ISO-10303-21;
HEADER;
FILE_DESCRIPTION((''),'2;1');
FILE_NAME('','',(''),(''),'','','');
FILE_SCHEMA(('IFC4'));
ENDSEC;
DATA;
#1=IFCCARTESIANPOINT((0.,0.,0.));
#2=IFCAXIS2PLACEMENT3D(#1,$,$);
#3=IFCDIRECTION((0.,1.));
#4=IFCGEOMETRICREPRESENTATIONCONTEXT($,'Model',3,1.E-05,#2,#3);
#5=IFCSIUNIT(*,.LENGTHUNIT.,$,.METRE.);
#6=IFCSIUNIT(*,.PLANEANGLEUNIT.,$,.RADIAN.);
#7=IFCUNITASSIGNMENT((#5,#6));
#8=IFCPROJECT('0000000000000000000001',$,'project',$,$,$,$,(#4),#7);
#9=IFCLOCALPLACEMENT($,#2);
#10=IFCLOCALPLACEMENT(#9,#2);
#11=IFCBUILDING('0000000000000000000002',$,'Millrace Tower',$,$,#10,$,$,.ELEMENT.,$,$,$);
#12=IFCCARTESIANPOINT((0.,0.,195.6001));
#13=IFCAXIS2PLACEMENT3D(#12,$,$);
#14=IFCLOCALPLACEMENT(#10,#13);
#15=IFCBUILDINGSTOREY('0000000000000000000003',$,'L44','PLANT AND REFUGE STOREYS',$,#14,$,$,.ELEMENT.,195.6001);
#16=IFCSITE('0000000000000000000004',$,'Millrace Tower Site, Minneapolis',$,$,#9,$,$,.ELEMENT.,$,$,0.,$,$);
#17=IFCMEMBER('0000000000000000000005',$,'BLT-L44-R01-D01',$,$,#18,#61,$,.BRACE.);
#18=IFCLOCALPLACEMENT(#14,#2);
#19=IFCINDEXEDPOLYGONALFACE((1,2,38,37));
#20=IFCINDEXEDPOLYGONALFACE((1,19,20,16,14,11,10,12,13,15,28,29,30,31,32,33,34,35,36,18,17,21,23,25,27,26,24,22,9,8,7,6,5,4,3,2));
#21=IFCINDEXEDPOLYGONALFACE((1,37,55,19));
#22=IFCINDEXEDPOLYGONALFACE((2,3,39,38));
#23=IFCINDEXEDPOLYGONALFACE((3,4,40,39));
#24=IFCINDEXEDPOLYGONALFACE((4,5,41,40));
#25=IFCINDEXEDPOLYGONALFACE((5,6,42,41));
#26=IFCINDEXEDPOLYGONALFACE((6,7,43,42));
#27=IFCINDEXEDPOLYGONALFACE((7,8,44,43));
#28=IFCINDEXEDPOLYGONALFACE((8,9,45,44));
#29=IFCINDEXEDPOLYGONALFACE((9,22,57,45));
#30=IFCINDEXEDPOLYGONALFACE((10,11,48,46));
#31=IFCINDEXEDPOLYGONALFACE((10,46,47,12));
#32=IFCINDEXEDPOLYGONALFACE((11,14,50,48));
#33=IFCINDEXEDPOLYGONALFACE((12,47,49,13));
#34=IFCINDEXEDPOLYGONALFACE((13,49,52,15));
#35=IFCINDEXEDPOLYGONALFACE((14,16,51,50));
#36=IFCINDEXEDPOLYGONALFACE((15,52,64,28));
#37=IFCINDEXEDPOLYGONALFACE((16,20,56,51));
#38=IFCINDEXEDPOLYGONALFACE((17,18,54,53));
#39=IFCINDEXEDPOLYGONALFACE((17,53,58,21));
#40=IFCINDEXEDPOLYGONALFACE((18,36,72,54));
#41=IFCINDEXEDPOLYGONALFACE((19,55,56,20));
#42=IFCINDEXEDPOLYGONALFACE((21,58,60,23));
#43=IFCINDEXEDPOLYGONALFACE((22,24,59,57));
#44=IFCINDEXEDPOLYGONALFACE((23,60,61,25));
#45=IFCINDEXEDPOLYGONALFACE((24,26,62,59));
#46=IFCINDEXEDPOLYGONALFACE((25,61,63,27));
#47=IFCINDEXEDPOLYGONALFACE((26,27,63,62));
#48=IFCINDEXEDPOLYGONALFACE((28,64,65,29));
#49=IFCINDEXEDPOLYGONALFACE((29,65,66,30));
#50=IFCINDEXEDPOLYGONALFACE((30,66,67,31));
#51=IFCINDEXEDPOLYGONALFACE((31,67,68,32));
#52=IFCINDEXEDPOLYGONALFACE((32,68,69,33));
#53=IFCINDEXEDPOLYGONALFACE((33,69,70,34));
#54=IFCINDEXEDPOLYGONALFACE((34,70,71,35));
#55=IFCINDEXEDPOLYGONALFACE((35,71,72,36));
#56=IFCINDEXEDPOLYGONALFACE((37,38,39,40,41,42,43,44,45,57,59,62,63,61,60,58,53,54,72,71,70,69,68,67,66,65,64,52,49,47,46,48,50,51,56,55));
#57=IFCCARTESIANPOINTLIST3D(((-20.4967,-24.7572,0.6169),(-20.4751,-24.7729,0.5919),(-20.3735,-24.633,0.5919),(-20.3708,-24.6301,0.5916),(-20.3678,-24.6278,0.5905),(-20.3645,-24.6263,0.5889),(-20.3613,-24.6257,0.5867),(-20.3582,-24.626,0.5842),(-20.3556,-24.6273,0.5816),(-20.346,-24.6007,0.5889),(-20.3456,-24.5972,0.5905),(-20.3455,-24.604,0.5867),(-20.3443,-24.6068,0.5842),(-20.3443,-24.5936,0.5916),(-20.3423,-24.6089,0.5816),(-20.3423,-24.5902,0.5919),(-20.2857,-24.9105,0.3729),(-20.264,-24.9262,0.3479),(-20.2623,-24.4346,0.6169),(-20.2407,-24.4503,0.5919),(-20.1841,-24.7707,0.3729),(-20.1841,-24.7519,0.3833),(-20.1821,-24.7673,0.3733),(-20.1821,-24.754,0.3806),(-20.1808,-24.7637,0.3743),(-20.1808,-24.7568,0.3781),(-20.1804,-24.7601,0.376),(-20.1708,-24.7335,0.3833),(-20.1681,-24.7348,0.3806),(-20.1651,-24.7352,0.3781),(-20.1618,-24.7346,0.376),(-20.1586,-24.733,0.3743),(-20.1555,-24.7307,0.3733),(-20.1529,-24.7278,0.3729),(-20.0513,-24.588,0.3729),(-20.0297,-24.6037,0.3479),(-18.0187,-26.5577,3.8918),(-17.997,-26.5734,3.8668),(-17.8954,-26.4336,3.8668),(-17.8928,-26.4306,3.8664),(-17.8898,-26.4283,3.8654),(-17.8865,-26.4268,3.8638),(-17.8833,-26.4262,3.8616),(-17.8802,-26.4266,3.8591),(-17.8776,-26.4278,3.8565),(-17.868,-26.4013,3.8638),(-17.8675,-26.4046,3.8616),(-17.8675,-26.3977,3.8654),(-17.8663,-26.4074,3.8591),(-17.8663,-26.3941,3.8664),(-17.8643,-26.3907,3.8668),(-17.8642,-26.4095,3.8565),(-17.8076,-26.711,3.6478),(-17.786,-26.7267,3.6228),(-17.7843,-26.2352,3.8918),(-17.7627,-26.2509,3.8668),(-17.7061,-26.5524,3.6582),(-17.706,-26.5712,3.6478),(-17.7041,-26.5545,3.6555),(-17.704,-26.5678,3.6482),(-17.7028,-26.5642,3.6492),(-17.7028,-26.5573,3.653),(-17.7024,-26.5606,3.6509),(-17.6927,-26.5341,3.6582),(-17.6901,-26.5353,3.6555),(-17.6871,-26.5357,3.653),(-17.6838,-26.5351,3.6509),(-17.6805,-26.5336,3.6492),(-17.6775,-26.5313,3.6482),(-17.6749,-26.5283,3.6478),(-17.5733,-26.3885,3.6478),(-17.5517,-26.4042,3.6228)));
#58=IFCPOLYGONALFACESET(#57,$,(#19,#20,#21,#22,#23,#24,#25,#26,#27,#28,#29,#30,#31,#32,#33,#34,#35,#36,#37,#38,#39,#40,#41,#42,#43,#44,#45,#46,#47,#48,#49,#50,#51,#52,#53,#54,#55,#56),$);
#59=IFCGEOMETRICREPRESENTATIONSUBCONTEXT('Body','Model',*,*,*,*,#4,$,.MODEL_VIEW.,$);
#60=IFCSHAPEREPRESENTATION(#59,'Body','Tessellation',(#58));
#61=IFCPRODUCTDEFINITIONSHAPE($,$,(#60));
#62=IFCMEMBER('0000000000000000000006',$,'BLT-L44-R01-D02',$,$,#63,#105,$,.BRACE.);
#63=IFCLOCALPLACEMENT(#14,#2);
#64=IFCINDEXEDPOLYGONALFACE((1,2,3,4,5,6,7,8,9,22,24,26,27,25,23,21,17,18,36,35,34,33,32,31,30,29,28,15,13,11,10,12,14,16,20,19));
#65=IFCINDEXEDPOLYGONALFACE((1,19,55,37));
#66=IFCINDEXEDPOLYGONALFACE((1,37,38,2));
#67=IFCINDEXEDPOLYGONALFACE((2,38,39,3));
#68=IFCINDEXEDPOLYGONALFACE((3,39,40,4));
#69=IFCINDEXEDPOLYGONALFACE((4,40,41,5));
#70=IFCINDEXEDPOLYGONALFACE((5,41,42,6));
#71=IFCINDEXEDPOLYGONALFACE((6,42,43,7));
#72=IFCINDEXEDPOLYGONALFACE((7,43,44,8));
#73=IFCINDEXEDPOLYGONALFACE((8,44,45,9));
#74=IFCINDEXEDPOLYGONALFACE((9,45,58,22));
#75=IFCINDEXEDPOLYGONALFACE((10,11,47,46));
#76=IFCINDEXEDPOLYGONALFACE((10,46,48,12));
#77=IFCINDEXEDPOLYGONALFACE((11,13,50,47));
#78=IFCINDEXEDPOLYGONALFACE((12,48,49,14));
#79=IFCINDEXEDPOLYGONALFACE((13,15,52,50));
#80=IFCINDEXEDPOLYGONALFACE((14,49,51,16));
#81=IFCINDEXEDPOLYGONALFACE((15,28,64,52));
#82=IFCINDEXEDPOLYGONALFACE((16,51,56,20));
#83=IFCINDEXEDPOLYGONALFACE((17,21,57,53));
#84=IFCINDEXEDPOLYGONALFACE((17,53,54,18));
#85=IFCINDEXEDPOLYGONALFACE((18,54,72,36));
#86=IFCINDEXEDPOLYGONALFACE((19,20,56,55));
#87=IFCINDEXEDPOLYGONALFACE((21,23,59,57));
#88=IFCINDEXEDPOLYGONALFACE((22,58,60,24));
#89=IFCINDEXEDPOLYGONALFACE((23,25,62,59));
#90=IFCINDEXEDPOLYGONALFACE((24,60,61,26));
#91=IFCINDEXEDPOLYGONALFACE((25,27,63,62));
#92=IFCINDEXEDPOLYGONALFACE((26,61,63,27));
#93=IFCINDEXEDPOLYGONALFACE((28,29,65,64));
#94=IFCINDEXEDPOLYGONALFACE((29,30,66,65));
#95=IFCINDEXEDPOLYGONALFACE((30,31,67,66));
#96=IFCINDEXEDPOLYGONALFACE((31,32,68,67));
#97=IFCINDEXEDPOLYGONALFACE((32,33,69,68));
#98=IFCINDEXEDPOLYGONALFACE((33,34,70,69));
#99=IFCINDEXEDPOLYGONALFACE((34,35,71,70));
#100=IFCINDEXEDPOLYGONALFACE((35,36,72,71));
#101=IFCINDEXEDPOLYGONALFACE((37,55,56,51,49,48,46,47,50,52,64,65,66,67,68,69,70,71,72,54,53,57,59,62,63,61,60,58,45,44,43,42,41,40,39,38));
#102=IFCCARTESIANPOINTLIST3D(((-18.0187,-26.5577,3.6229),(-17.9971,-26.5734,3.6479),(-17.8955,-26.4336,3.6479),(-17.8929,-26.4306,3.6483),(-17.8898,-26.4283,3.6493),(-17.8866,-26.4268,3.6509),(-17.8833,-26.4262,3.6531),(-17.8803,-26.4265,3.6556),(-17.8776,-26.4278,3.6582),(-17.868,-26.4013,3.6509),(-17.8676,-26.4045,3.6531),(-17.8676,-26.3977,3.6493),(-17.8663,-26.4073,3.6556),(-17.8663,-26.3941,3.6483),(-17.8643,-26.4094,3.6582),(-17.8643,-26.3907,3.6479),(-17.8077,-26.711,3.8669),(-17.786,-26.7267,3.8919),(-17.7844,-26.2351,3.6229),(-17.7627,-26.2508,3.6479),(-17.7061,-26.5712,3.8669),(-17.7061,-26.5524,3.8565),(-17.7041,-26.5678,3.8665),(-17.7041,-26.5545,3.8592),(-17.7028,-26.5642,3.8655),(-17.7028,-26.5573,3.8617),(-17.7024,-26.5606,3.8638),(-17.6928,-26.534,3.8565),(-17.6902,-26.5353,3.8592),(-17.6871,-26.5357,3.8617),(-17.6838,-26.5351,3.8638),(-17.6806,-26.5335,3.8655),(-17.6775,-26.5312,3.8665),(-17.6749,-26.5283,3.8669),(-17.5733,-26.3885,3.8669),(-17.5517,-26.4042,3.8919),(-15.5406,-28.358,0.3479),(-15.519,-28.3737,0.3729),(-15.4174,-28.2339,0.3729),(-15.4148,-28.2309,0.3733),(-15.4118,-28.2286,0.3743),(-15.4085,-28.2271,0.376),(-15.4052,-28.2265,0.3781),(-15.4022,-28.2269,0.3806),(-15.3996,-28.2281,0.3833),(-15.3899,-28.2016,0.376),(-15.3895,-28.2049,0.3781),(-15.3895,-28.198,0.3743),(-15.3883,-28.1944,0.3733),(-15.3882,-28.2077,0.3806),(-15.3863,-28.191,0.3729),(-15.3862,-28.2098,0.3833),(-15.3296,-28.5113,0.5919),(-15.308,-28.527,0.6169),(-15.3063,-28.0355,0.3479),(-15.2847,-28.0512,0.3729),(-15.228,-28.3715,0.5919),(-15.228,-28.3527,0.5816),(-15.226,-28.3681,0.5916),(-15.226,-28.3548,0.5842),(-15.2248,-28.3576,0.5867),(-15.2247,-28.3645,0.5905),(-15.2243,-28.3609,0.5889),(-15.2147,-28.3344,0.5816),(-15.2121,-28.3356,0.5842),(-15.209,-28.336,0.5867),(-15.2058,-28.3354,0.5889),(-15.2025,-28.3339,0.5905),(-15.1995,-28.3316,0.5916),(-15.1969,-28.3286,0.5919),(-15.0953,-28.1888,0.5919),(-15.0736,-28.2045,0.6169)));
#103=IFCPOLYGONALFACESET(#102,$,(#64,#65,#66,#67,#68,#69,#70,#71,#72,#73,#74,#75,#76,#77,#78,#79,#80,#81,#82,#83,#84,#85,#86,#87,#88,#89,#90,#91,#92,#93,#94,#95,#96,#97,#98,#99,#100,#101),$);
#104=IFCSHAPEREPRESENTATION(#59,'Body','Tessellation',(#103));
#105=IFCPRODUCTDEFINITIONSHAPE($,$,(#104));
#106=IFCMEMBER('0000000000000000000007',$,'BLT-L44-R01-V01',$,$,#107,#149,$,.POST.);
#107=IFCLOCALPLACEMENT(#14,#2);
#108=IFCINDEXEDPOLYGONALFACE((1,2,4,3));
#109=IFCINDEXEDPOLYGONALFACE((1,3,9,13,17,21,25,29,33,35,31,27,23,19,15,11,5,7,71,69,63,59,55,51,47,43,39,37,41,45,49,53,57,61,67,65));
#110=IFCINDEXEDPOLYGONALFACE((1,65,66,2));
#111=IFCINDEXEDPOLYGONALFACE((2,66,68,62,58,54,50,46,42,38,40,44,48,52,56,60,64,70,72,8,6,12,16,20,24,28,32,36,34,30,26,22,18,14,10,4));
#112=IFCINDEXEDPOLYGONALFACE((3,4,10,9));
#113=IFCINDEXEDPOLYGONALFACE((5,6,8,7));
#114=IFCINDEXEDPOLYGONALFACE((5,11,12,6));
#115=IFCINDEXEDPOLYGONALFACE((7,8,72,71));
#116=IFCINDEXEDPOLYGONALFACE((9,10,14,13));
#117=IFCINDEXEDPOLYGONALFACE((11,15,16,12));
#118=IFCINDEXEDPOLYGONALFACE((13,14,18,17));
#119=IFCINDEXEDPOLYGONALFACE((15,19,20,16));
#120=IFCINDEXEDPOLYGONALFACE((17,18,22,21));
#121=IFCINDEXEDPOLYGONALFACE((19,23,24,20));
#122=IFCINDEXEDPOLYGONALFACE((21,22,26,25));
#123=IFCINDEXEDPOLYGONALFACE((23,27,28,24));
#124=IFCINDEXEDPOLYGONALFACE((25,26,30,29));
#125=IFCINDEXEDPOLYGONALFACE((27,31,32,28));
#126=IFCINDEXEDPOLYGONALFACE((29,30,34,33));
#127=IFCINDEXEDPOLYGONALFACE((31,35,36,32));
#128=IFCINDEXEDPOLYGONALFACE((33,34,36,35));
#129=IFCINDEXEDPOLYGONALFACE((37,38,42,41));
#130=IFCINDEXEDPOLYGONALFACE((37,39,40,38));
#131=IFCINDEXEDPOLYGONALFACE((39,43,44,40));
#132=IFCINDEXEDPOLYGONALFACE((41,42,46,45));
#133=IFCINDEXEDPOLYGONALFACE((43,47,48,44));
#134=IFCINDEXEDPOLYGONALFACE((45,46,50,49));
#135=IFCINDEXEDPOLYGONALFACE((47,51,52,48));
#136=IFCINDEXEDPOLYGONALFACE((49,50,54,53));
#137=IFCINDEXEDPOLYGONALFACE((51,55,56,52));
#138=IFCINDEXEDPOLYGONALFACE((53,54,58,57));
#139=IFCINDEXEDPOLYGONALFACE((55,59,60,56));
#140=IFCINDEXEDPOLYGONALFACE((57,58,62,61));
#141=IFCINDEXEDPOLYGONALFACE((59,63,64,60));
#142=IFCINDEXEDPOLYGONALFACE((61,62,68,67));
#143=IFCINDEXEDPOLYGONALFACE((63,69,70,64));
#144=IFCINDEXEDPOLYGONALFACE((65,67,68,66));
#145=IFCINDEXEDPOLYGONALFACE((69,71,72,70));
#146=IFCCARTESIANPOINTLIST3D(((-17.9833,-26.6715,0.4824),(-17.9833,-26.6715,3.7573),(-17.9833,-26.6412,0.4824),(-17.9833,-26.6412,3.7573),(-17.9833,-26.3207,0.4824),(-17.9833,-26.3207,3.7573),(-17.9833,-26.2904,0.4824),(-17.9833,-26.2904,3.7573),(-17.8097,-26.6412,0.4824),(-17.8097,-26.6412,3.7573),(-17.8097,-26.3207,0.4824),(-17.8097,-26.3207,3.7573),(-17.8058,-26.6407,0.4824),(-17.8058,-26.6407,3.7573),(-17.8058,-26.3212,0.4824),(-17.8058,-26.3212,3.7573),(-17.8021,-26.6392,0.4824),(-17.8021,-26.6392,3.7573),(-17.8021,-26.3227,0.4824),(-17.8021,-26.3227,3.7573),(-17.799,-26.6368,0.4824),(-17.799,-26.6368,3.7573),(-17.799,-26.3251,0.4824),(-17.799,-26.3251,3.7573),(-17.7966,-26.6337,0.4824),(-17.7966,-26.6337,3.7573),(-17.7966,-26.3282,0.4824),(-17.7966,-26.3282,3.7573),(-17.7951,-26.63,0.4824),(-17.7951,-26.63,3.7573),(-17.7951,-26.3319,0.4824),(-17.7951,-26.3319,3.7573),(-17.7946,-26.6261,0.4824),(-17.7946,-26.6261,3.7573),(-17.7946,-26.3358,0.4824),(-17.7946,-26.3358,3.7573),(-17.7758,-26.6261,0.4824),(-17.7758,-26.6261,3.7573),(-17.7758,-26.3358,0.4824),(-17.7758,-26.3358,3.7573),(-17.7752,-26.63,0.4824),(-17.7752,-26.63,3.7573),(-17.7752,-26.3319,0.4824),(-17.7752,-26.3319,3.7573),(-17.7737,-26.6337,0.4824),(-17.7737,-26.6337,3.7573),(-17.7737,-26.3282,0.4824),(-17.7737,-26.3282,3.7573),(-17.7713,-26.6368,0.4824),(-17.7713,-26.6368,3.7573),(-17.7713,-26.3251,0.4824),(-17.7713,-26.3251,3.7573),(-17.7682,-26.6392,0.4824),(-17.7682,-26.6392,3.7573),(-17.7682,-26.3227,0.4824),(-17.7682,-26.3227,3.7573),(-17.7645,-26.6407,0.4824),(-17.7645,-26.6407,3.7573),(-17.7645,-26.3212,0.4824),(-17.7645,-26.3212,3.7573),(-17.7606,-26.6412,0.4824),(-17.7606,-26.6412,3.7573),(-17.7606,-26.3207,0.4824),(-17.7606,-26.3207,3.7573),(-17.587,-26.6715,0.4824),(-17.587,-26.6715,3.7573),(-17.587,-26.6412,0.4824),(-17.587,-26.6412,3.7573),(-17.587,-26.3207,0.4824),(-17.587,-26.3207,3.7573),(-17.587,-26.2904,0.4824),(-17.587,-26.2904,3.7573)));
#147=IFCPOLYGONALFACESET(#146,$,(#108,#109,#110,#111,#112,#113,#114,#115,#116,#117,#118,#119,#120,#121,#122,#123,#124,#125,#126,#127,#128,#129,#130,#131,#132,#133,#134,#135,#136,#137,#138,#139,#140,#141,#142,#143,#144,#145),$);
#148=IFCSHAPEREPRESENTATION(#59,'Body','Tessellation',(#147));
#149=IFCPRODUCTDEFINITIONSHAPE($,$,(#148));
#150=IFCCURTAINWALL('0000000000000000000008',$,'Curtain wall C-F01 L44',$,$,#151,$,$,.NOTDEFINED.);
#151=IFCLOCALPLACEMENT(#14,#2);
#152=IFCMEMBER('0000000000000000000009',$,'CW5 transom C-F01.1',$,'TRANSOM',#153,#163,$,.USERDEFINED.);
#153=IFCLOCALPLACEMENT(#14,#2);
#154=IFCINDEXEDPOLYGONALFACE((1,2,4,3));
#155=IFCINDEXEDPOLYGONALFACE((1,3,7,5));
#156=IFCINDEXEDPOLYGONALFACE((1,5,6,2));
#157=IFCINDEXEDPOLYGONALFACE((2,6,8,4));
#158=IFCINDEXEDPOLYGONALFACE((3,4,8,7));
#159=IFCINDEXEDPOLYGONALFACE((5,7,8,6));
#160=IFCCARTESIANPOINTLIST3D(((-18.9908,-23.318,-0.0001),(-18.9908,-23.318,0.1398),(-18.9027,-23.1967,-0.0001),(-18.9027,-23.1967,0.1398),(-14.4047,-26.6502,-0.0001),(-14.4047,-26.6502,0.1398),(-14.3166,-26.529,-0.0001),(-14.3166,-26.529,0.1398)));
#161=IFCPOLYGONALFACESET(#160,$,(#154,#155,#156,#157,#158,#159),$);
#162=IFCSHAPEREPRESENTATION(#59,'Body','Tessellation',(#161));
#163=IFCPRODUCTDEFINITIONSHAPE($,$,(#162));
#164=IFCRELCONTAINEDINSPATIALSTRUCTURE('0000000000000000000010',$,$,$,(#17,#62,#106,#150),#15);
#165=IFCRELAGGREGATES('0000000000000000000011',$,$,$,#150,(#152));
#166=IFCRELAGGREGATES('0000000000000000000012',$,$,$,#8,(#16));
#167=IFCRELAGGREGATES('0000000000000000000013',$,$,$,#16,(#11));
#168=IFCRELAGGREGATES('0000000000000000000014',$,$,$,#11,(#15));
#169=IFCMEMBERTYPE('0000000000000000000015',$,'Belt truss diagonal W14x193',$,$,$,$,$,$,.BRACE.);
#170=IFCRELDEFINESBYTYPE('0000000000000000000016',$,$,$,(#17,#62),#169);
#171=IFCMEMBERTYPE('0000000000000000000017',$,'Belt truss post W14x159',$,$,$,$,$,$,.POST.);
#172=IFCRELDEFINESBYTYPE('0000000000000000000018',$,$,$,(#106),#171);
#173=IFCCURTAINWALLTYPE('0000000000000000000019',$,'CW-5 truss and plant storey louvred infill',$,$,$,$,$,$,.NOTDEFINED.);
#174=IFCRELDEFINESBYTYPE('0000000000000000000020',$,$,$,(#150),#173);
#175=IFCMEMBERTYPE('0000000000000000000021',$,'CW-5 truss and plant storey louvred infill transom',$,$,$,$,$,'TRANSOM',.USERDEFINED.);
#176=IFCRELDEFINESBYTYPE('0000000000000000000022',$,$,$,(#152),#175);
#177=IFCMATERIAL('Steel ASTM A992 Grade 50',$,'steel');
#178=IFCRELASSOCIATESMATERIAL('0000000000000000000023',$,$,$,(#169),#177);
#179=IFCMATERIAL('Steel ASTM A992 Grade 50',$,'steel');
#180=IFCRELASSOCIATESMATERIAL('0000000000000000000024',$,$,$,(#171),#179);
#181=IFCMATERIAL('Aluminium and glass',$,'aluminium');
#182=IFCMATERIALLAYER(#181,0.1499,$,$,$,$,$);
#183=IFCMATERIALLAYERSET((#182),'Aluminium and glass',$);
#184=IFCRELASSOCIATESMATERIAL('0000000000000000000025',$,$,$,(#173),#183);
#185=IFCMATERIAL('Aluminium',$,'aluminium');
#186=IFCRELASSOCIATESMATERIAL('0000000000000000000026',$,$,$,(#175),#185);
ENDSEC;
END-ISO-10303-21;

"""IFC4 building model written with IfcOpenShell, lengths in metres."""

from ifc_helpers import new_model, si_unit, direction, frame, origin, origin_2d, place, context, subcontext, project, spatial, rectangle, i_section, extrude, material, layer, layer_set, material_profile, profile_set, type_object, element, aggregate, save


model = new_model("IFC4")

# Units and contexts
model_context = context("Model", 3, precision=1e-05, world=origin(), true_north=direction((0.0, 1.0)))
body_context = subcontext(model_context, "Body", "Model", "MODEL_VIEW")
ifc_project = project(units=[si_unit("LENGTHUNIT", "METRE"), si_unit("PLANEANGLEUNIT", "RADIAN")], contexts=[model_context])

# Site, building, storey
site_placement = place(None, origin())
site = spatial("IfcSite", under=ifc_project, at=site_placement, Name="Millrace Tower Site, Minneapolis", CompositionType="ELEMENT", RefElevation=0.0)
building_placement = place(site_placement, origin())
building = spatial("IfcBuilding", under=site, at=building_placement, Name="Millrace Tower", CompositionType="ELEMENT")
storey_placement = place(building_placement, frame((0.0, 0.0, 195.6001)))
storey = spatial("IfcBuildingStorey", under=building, at=storey_placement, Name="L44", Description="PLANT AND REFUGE STOREYS", CompositionType="ELEMENT", Elevation=195.6001)

# Members
ifc_material_1 = material(Name="Steel ASTM A992 Grade 50", Category="steel")
ifc_material_profile_1 = material_profile(ifc_material_1, i_section(OverallWidth=0.3987, OverallDepth=0.3938, WebThickness=0.0227, FlangeThickness=0.0366, FilletRadius=0.0151, at=origin_2d()))
ifc_profile_set_1 = profile_set([ifc_material_profile_1], Name="Steel ASTM A992 Grade 50")
member_type_1 = type_object("IfcMemberType", Name="Belt truss diagonal W14x193", PredefinedType="BRACE", material=ifc_profile_set_1)
for number, where, z_axis, x_axis, name in (
    (1, (-20.2632, -24.6804, 0.4824), (0.55262, -0.401534, 0.73033), (0.587816, 0.808995, 0.0), "BLT-L44-R01-D01"),
    (2, (-15.3071, -28.2812, 0.4824), (-0.552632, 0.401489, 0.730346), (-0.587764, -0.809032, 0.0), "BLT-L44-R01-D02"),
):
    element("IfcMember", number, at=place(storey_placement, frame(where, z_axis=z_axis, x_axis=x_axis)), inside=storey, type_object=member_type_1, Name=name, PredefinedType="BRACE", context=body_context, shape_type="SweptSolid", body=[
        extrude(i_section(OverallWidth=0.3987, OverallDepth=0.3938, WebThickness=0.0227, FlangeThickness=0.0366, FilletRadius=0.0151, at=origin_2d()), origin(), (0.0, 0.0, 1.0), 4.4841),
    ])
ifc_material_2 = material(Name="Steel ASTM A992 Grade 50", Category="steel")
ifc_material_profile_2 = material_profile(ifc_material_2, i_section(OverallWidth=0.3962, OverallDepth=0.3811, WebThickness=0.0188, FlangeThickness=0.0303, FilletRadius=0.0151, at=origin_2d()))
ifc_profile_set_2 = profile_set([ifc_material_profile_2], Name="Steel ASTM A992 Grade 50")
member_type_2 = type_object("IfcMemberType", Name="Belt truss post W14x159", PredefinedType="POST", material=ifc_profile_set_2)
member_1_placement = place(storey_placement, frame((-17.7852, -26.481, 0.4824), z_axis=(0.0, 0.0, 1.0), x_axis=(1.0, 0.0, 0.0)))
element("IfcMember", 3, at=member_1_placement, inside=storey, type_object=member_type_2, Name="BLT-L44-R01-V01", PredefinedType="POST", context=body_context, shape_type="SweptSolid", body=[
    extrude(i_section(OverallWidth=0.3962, OverallDepth=0.3811, WebThickness=0.0188, FlangeThickness=0.0303, FilletRadius=0.0151, at=origin_2d()), origin(), (0.0, 0.0, 1.0), 3.2749),
])

# Curtain wall, member
ifc_material_3 = material(Name="Aluminium and glass", Category="aluminium")
ifc_layer_1 = layer(ifc_material_3, 0.1499)
ifc_layer_set_1 = layer_set([ifc_layer_1], Name="Aluminium and glass")
curtain_wall_type = type_object("IfcCurtainWallType", Name="CW-5 truss and plant storey louvred infill", PredefinedType="NOTDEFINED", material=ifc_layer_set_1)
curtain_wall_placement = place(storey_placement, origin())
curtain_wall = element("IfcCurtainWall", 4, at=curtain_wall_placement, inside=storey, type_object=curtain_wall_type, Name="Curtain wall C-F01 L44", PredefinedType="NOTDEFINED")
ifc_material_4 = material(Name="Aluminium", Category="aluminium")
ifc_material_profile_3 = material_profile(ifc_material_4, rectangle(XDim=0.1499, YDim=0.1399, at=origin_2d()))
ifc_profile_set_3 = profile_set([ifc_material_profile_3], Name="Aluminium")
member_type_3 = type_object("IfcMemberType", Name="CW-5 truss and plant storey louvred infill transom", ElementType="TRANSOM", PredefinedType="USERDEFINED", material=ifc_profile_set_3)
member_2_placement = place(storey_placement, frame((-18.9468, -23.2573, 0.0698), z_axis=(0.808999, -0.587811, 0.0), x_axis=(0.587811, 0.808999, 0.0)))
member_2 = element("IfcMember", 5, at=member_2_placement, type_object=member_type_3, Name="CW5 transom C-F01.1", ObjectType="TRANSOM", PredefinedType="USERDEFINED", context=body_context, shape_type="SweptSolid", body=[
    extrude(rectangle(XDim=0.1499, YDim=0.1399, at=origin_2d()), origin(), (0.0, 0.0, 1.0), 5.6689),
])
aggregate(curtain_wall, [member_2])

save(model, "model.ifc")
